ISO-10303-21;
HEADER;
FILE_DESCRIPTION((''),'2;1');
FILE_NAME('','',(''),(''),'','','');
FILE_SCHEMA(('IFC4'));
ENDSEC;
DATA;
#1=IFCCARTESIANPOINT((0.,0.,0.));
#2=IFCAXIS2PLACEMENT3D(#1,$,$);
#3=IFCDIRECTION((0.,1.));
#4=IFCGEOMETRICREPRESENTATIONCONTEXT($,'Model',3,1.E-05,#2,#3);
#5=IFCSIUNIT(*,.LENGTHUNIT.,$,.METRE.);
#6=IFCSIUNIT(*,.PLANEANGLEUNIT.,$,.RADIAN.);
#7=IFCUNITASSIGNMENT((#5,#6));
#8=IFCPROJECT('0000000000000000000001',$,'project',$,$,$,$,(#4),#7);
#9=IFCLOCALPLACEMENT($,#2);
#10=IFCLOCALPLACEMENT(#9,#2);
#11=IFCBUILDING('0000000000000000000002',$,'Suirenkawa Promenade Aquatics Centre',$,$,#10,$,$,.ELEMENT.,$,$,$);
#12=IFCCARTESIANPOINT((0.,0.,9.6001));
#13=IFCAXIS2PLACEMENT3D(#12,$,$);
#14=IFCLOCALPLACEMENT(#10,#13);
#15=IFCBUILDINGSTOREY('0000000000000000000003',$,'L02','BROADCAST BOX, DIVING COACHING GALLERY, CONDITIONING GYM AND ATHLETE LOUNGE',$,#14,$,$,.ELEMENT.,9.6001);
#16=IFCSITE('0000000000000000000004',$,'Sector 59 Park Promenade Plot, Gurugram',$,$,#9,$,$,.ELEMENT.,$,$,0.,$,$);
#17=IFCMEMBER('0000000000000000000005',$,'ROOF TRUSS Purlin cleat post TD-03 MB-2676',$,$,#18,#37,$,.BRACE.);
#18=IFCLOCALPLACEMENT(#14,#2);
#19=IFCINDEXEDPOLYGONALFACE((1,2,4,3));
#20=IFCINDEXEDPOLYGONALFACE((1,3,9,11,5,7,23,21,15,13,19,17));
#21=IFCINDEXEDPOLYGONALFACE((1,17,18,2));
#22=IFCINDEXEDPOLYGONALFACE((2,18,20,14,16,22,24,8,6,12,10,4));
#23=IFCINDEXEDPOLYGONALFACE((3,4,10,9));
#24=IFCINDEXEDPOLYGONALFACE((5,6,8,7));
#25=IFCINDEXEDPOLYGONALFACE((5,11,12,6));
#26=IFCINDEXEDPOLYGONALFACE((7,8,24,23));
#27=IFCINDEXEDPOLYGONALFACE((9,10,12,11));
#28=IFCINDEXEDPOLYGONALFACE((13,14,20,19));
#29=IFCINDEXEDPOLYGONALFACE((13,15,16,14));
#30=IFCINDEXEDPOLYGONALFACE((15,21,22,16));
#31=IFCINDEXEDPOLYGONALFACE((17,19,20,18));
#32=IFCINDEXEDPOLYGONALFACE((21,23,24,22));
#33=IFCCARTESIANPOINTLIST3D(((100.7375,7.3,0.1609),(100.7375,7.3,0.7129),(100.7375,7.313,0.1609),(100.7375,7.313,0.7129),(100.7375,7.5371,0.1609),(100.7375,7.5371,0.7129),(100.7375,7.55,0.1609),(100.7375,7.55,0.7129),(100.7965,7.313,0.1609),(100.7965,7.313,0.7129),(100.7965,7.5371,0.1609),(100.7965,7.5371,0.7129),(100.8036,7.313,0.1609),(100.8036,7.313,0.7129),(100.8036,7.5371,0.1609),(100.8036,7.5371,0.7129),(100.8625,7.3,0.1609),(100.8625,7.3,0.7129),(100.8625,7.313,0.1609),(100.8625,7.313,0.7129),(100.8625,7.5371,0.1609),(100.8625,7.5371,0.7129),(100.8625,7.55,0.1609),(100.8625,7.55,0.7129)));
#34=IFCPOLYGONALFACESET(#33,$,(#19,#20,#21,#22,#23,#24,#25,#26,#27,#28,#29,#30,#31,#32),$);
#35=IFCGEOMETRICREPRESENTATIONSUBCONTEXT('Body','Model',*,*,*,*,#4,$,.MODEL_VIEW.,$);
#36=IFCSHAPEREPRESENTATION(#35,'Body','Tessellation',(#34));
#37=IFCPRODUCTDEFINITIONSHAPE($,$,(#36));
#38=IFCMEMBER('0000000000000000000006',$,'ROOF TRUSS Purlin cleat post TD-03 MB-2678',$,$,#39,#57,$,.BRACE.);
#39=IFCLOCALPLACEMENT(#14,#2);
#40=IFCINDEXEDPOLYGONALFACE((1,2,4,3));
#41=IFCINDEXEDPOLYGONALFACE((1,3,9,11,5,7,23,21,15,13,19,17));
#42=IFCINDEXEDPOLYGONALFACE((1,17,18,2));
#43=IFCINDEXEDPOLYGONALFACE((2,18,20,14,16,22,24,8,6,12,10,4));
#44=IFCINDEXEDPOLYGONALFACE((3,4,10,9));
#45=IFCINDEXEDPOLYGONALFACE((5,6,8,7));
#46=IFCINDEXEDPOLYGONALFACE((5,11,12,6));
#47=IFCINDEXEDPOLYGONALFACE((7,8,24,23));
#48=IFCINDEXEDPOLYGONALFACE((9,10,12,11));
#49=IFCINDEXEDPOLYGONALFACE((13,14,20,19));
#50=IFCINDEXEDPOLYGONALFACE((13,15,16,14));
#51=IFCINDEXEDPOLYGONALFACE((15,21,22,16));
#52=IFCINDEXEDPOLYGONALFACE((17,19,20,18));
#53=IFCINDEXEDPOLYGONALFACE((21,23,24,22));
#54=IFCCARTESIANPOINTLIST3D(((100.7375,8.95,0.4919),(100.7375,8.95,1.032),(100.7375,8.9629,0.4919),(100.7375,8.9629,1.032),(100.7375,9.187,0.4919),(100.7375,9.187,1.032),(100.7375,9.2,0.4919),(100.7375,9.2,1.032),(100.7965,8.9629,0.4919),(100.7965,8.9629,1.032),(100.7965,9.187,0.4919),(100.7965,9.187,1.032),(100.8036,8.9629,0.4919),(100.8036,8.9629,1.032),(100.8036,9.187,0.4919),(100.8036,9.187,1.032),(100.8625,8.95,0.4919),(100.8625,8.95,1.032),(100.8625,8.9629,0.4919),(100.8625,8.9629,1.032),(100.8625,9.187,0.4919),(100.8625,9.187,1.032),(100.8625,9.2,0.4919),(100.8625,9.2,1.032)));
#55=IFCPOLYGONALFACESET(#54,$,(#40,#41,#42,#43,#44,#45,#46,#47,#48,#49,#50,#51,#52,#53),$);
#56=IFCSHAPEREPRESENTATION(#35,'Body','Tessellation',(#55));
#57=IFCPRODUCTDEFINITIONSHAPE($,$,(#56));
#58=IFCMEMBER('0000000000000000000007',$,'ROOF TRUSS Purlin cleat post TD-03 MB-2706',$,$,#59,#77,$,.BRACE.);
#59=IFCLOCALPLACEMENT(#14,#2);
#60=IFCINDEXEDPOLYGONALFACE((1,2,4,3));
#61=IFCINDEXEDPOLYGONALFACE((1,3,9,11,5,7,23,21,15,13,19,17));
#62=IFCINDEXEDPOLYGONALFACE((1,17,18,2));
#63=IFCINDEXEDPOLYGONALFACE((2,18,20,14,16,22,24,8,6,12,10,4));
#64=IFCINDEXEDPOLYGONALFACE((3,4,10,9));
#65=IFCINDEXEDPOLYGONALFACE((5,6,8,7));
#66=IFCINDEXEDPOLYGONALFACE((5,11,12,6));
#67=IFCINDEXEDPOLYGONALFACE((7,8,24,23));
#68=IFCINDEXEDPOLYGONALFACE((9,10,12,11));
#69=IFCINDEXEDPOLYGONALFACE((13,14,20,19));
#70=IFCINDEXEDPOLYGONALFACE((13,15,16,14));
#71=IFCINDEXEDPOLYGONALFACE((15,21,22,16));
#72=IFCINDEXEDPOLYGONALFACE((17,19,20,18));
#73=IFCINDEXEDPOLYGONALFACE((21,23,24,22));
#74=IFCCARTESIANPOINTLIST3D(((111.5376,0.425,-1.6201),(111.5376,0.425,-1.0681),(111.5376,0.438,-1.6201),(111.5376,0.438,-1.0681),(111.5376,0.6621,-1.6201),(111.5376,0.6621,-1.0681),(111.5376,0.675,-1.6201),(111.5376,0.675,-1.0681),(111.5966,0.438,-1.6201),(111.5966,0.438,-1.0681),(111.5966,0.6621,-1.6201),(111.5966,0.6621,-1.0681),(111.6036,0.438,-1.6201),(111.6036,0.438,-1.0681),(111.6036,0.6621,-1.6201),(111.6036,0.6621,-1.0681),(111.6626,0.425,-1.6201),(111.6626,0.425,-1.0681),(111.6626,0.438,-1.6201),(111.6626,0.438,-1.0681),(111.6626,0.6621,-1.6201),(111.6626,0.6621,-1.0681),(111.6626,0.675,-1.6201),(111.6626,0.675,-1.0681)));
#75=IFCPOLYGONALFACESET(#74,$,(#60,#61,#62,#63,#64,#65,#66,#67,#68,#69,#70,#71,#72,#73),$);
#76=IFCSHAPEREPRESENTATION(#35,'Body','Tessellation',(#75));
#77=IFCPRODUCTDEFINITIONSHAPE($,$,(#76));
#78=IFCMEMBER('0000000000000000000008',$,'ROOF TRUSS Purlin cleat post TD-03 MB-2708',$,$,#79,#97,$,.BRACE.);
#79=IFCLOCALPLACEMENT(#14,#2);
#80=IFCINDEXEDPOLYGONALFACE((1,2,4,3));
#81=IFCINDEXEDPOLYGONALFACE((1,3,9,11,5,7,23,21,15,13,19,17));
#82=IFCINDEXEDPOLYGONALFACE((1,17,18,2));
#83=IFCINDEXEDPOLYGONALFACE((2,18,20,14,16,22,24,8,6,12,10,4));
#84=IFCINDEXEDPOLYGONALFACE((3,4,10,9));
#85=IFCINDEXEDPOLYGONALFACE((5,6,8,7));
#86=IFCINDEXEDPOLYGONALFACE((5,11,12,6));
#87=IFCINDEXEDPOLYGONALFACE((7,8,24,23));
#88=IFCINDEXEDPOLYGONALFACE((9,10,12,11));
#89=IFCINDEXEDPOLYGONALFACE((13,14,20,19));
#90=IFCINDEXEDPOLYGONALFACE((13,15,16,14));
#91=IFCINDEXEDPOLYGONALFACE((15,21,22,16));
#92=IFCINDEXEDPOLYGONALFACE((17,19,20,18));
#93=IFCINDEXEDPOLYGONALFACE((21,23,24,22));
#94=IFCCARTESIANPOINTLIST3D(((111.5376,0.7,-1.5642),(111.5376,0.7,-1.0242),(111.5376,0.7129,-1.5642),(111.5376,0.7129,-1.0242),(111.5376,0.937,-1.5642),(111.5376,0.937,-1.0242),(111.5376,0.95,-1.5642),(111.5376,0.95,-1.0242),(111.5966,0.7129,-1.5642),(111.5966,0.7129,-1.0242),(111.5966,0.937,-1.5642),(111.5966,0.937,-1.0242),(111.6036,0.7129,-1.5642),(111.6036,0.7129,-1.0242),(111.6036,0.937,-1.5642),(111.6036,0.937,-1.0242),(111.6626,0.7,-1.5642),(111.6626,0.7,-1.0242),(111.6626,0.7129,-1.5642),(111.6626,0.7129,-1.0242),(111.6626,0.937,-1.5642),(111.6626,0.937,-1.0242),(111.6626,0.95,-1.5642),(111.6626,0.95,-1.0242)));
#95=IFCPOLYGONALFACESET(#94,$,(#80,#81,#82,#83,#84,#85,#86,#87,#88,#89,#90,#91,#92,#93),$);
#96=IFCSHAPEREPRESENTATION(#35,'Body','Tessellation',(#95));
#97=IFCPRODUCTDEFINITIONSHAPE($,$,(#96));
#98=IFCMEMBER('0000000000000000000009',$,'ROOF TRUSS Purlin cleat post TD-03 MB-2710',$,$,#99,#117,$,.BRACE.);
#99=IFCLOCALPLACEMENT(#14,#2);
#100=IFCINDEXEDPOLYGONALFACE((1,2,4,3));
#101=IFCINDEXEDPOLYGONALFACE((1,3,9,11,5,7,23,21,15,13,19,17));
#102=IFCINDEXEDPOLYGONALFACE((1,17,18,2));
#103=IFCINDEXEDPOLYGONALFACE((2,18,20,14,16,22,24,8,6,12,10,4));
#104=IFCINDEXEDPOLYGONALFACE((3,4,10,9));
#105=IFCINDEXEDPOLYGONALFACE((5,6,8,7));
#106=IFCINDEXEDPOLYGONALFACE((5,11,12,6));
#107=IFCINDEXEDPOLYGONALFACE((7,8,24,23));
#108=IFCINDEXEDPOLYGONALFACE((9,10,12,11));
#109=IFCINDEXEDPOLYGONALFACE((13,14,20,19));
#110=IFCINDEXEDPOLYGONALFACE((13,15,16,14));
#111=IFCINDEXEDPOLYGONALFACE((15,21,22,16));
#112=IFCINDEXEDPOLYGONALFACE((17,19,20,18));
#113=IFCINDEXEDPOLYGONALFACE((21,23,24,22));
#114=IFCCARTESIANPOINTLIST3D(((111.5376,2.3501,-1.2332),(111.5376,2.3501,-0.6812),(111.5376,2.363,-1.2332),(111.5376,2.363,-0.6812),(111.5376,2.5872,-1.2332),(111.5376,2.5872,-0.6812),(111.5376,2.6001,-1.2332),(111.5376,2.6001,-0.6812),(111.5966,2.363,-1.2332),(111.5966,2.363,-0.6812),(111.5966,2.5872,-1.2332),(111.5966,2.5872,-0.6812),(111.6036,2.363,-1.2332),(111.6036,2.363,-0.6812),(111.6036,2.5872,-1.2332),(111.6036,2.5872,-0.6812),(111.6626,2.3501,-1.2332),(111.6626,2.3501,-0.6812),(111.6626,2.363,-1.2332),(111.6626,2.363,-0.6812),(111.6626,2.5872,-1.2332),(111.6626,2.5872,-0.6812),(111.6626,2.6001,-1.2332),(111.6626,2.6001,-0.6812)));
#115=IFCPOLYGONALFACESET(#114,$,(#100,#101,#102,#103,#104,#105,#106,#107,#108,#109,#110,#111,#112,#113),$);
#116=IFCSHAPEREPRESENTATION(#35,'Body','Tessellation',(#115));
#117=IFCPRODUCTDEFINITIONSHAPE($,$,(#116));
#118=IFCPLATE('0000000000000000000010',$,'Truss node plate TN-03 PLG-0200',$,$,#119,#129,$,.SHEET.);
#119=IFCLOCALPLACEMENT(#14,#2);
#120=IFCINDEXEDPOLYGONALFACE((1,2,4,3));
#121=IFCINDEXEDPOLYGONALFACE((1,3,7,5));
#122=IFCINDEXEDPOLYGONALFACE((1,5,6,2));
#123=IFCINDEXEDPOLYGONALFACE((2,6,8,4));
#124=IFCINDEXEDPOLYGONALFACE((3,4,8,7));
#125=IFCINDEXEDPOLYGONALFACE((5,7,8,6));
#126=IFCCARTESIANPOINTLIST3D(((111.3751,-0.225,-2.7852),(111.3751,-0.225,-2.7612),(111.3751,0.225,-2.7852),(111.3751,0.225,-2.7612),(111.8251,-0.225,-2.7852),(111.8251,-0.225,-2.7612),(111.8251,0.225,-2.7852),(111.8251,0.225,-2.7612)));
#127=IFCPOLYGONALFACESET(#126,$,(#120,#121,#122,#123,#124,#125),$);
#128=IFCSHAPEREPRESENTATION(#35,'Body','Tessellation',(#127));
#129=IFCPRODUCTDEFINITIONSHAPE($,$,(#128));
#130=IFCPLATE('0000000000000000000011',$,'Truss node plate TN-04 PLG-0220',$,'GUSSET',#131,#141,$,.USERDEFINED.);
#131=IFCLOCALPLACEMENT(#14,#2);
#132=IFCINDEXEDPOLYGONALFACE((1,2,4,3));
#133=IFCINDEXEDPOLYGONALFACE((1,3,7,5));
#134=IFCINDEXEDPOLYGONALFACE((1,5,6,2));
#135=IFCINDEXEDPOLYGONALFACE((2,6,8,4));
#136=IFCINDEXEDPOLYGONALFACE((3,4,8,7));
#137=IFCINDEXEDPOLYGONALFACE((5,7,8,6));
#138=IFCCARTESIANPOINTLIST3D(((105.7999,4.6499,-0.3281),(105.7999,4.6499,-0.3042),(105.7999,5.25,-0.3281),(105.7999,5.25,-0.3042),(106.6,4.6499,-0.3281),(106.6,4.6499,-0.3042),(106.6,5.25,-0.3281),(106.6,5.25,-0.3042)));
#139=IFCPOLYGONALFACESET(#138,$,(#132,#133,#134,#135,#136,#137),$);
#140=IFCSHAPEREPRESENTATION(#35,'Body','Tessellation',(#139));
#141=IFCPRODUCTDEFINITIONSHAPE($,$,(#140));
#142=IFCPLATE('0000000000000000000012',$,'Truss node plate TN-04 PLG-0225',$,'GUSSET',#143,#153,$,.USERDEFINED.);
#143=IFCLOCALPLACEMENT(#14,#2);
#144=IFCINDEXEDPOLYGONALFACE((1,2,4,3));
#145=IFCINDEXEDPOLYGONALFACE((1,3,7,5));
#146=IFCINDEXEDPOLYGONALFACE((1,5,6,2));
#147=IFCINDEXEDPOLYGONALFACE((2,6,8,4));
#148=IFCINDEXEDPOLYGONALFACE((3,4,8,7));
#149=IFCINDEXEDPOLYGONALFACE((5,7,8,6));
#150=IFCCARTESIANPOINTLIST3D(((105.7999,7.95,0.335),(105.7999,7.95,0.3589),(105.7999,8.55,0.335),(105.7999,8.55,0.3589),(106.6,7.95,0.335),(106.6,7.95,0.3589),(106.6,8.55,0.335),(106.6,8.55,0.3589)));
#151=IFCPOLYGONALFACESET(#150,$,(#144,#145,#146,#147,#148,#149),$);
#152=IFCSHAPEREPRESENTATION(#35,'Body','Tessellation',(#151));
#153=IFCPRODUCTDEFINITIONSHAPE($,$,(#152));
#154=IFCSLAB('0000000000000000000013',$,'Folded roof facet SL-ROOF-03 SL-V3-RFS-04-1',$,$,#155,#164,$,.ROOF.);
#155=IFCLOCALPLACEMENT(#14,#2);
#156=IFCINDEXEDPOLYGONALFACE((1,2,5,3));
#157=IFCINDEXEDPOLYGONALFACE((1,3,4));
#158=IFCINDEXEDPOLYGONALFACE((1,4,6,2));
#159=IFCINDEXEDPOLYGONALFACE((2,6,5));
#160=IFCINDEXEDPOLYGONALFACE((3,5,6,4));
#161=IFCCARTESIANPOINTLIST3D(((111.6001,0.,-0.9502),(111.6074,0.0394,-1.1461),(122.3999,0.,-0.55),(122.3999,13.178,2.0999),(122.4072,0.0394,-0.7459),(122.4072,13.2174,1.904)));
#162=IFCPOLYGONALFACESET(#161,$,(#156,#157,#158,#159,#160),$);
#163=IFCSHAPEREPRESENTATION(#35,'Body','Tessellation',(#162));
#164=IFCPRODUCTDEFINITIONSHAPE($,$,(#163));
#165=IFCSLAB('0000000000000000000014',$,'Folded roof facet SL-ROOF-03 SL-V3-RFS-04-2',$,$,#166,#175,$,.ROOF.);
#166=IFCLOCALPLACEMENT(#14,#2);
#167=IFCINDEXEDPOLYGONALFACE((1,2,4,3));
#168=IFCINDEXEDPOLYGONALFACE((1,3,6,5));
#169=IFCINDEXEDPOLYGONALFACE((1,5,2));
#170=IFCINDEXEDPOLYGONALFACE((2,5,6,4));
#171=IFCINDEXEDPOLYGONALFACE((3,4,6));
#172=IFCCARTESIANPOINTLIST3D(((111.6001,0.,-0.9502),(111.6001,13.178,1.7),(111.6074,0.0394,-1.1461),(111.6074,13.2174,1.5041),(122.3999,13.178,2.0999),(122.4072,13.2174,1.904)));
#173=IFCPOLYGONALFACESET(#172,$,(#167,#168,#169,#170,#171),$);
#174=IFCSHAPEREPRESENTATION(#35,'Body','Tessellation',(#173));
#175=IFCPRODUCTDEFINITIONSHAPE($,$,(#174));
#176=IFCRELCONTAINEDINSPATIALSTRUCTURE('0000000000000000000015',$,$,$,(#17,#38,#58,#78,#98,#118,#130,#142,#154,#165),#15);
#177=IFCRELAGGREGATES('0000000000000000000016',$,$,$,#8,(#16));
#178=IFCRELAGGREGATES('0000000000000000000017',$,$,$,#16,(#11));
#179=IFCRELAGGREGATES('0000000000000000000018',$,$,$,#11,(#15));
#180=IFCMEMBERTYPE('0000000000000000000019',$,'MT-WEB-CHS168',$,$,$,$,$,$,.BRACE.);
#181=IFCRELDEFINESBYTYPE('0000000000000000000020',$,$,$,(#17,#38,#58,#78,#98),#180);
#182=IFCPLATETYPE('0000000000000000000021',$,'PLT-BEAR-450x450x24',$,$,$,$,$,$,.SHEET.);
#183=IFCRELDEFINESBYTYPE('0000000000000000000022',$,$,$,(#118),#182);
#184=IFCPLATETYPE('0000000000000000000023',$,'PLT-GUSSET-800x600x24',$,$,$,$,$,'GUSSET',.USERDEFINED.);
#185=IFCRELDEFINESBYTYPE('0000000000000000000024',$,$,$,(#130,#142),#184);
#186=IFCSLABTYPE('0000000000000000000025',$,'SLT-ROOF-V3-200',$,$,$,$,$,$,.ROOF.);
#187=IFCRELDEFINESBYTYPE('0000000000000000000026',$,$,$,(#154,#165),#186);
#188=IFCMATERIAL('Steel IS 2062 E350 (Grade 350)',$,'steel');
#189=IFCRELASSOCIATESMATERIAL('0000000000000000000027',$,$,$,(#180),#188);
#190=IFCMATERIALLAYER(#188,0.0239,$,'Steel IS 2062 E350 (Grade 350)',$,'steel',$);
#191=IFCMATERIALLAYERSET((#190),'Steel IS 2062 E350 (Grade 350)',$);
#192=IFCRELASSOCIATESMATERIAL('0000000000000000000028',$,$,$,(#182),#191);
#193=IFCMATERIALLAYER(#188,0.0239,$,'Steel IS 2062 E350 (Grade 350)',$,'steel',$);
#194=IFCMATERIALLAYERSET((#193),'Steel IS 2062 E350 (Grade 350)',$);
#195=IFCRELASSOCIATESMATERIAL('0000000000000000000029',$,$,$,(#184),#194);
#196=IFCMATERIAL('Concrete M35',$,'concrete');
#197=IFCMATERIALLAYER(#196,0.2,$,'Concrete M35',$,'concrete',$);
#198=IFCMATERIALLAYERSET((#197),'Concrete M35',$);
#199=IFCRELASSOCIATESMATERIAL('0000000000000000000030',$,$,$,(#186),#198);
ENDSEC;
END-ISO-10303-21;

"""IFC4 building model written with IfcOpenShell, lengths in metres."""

from ifc_helpers import new_model, si_unit, direction, frame, origin, origin_2d, place, context, subcontext, project, spatial, polyline, rectangle, i_section, outline, extrude, material, layer, layer_set, material_profile, profile_set, type_object, element, save


model = new_model("IFC4")

# Units and contexts
model_context = context("Model", 3, precision=1e-05, world=origin(), true_north=direction((0.0, 1.0)))
body_context = subcontext(model_context, "Body", "Model", "MODEL_VIEW")
ifc_project = project(units=[si_unit("LENGTHUNIT", "METRE"), si_unit("PLANEANGLEUNIT", "RADIAN")], contexts=[model_context])

# Site, building, storey
site_placement = place(None, origin())
site = spatial("IfcSite", under=ifc_project, at=site_placement, Name="Sector 59 Park Promenade Plot, Gurugram", CompositionType="ELEMENT", RefElevation=0.0)
building_placement = place(site_placement, origin())
building = spatial("IfcBuilding", under=site, at=building_placement, Name="Suirenkawa Promenade Aquatics Centre", CompositionType="ELEMENT")
storey_placement = place(building_placement, frame((0.0, 0.0, 9.6001)))
storey = spatial("IfcBuildingStorey", under=building, at=storey_placement, Name="L02", Description="BROADCAST BOX, DIVING COACHING GALLERY, CONDITIONING GYM AND ATHLETE LOUNGE", CompositionType="ELEMENT", Elevation=9.6001)

# Shared definitions
ifc_material_1 = material(Name="Steel IS 2062 E350 (Grade 350)", Category="steel")

# Members
ifc_material_profile_1 = material_profile(ifc_material_1, i_section(OverallWidth=0.125, OverallDepth=0.25, WebThickness=0.0071, FlangeThickness=0.0129, at=origin_2d()), Name="ISMB 250", Category="steel")
ifc_profile_set_1 = profile_set([ifc_material_profile_1], Name="Steel IS 2062 E350 (Grade 350)")
member_type_1 = type_object("IfcMemberType", Name="MT-WEB-CHS168", PredefinedType="BRACE", material=ifc_profile_set_1)
member_1_placement = place(storey_placement, frame((100.8, 7.425, 0.1609), z_axis=(0.0, 0.0, 1.0), x_axis=(1.0, 0.0, 0.0)))
element("IfcMember", 1, at=member_1_placement, inside=storey, type_object=member_type_1, Name="ROOF TRUSS Purlin cleat post TD-03 MB-2676", PredefinedType="BRACE", context=body_context, shape_type="SweptSolid", body=[
    extrude(i_section(OverallWidth=0.125, OverallDepth=0.25, WebThickness=0.0071, FlangeThickness=0.0129, at=origin_2d()), origin(), (0.0, 0.0, 1.0), 0.552),
])
member_2_placement = place(storey_placement, frame((100.8, 9.075, 0.4919), z_axis=(0.0, 0.0, 1.0), x_axis=(1.0, 0.0, 0.0)))
element("IfcMember", 2, at=member_2_placement, inside=storey, type_object=member_type_1, Name="ROOF TRUSS Purlin cleat post TD-03 MB-2678", PredefinedType="BRACE", context=body_context, shape_type="SweptSolid", body=[
    extrude(i_section(OverallWidth=0.125, OverallDepth=0.25, WebThickness=0.0071, FlangeThickness=0.0129, at=origin_2d()), origin(), (0.0, 0.0, 1.0), 0.54),
])
member_3_placement = place(storey_placement, frame((111.6001, 0.55, -1.6201), z_axis=(0.0, 0.0, 1.0), x_axis=(1.0, 0.0, 0.0)))
element("IfcMember", 3, at=member_3_placement, inside=storey, type_object=member_type_1, Name="ROOF TRUSS Purlin cleat post TD-03 MB-2706", PredefinedType="BRACE", context=body_context, shape_type="SweptSolid", body=[
    extrude(i_section(OverallWidth=0.125, OverallDepth=0.25, WebThickness=0.0071, FlangeThickness=0.0129, at=origin_2d()), origin(), (0.0, 0.0, 1.0), 0.552),
])
member_4_placement = place(storey_placement, frame((111.6001, 0.825, -1.5642), z_axis=(0.0, 0.0, 1.0), x_axis=(1.0, 0.0, 0.0)))
element("IfcMember", 4, at=member_4_placement, inside=storey, type_object=member_type_1, Name="ROOF TRUSS Purlin cleat post TD-03 MB-2708", PredefinedType="BRACE", context=body_context, shape_type="SweptSolid", body=[
    extrude(i_section(OverallWidth=0.125, OverallDepth=0.25, WebThickness=0.0071, FlangeThickness=0.0129, at=origin_2d()), origin(), (0.0, 0.0, 1.0), 0.54),
])
member_5_placement = place(storey_placement, frame((111.6001, 2.4751, -1.2332), z_axis=(0.0, 0.0, 1.0), x_axis=(1.0, 0.0, 0.0)))
element("IfcMember", 5, at=member_5_placement, inside=storey, type_object=member_type_1, Name="ROOF TRUSS Purlin cleat post TD-03 MB-2710", PredefinedType="BRACE", context=body_context, shape_type="SweptSolid", body=[
    extrude(i_section(OverallWidth=0.125, OverallDepth=0.25, WebThickness=0.0071, FlangeThickness=0.0129, at=origin_2d()), origin(), (0.0, 0.0, 1.0), 0.552),
])

# Plates
ifc_layer_1 = layer(ifc_material_1, 0.0239, Name="Steel IS 2062 E350 (Grade 350)", Category="steel")
ifc_layer_set_1 = layer_set([ifc_layer_1], Name="Steel IS 2062 E350 (Grade 350)")
plate_type_1 = type_object("IfcPlateType", Name="PLT-BEAR-450x450x24", PredefinedType="SHEET", material=ifc_layer_set_1)
plate_placement = place(storey_placement, frame((111.6001, 0.0, -2.7852), z_axis=(0.0, 0.0, 1.0), x_axis=(1.0, 0.0, 0.0)))
element("IfcPlate", 6, at=plate_placement, inside=storey, type_object=plate_type_1, Name="Truss node plate TN-03 PLG-0200", PredefinedType="SHEET", context=body_context, shape_type="SweptSolid", body=[
    extrude(rectangle(XDim=0.45, YDim=0.45, at=origin_2d()), origin(), (0.0, 0.0, 1.0), 0.0239),
])
ifc_layer_2 = layer(ifc_material_1, 0.0239, Name="Steel IS 2062 E350 (Grade 350)", Category="steel")
ifc_layer_set_2 = layer_set([ifc_layer_2], Name="Steel IS 2062 E350 (Grade 350)")
plate_type_2 = type_object("IfcPlateType", Name="PLT-GUSSET-800x600x24", ElementType="GUSSET", PredefinedType="USERDEFINED", material=ifc_layer_set_2)
for number, where, z_axis, x_axis, name in (
    (7, (106.2, 4.95, -0.3281), (0.0, 0.0, 1.0), (1.0, 0.0, 0.0), "Truss node plate TN-04 PLG-0220"),
    (8, (106.2, 8.25, 0.335), (0.0, 0.0, 1.0), (1.0, 0.0, 0.0), "Truss node plate TN-04 PLG-0225"),
):
    element("IfcPlate", number, at=place(storey_placement, frame(where, z_axis=z_axis, x_axis=x_axis)), inside=storey, type_object=plate_type_2, Name=name, ObjectType="GUSSET", PredefinedType="USERDEFINED", context=body_context, shape_type="SweptSolid", body=[
        extrude(rectangle(XDim=0.8, YDim=0.6001, at=origin_2d()), origin(), (0.0, 0.0, 1.0), 0.0239),
    ])

# Slabs
ifc_material_2 = material(Name="Concrete M35", Category="concrete")
ifc_layer_3 = layer(ifc_material_2, 0.2, Name="Concrete M35", Category="concrete")
ifc_layer_set_3 = layer_set([ifc_layer_3], Name="Concrete M35")
slab_type = type_object("IfcSlabType", Name="SLT-ROOF-V3-200", PredefinedType="ROOF", material=ifc_layer_set_3)
slab_1_placement = place(storey_placement, frame((111.6001, 0.0, -0.9502), z_axis=(-0.0363, -0.19701, 0.979729), x_axis=(0.999314, 0.0, 0.037026)))
element("IfcSlab", 9, at=slab_1_placement, inside=storey, type_object=slab_type, Name="Folded roof facet SL-ROOF-03 SL-V3-RFS-04-1", PredefinedType="ROOF", context=body_context, shape_type="SweptSolid", body=[
    extrude(outline(polyline([(0.0, 0.0), (10.8072, 0.0), (10.9053, 13.4414), (0.0, 0.0)])), origin(), (0.0, 0.0, -1.0), 0.2),
])
slab_2_placement = place(storey_placement, frame((111.6001, 0.0, -0.9502), z_axis=(-0.036278, -0.197027, 0.979727), x_axis=(0.623946, 0.761342, 0.176213)))
element("IfcSlab", 10, at=slab_2_placement, inside=storey, type_object=slab_type, Name="Folded roof facet SL-ROOF-03 SL-V3-RFS-04-2", PredefinedType="ROOF", context=body_context, shape_type="SweptSolid", body=[
    extrude(outline(polyline([(0.0, 0.0), (17.3089, 0.0), (10.4999, 8.3925), (0.0, 0.0)])), origin(), (0.0, 0.0, -1.0), 0.2),
])

save(model, "model.ifc")
